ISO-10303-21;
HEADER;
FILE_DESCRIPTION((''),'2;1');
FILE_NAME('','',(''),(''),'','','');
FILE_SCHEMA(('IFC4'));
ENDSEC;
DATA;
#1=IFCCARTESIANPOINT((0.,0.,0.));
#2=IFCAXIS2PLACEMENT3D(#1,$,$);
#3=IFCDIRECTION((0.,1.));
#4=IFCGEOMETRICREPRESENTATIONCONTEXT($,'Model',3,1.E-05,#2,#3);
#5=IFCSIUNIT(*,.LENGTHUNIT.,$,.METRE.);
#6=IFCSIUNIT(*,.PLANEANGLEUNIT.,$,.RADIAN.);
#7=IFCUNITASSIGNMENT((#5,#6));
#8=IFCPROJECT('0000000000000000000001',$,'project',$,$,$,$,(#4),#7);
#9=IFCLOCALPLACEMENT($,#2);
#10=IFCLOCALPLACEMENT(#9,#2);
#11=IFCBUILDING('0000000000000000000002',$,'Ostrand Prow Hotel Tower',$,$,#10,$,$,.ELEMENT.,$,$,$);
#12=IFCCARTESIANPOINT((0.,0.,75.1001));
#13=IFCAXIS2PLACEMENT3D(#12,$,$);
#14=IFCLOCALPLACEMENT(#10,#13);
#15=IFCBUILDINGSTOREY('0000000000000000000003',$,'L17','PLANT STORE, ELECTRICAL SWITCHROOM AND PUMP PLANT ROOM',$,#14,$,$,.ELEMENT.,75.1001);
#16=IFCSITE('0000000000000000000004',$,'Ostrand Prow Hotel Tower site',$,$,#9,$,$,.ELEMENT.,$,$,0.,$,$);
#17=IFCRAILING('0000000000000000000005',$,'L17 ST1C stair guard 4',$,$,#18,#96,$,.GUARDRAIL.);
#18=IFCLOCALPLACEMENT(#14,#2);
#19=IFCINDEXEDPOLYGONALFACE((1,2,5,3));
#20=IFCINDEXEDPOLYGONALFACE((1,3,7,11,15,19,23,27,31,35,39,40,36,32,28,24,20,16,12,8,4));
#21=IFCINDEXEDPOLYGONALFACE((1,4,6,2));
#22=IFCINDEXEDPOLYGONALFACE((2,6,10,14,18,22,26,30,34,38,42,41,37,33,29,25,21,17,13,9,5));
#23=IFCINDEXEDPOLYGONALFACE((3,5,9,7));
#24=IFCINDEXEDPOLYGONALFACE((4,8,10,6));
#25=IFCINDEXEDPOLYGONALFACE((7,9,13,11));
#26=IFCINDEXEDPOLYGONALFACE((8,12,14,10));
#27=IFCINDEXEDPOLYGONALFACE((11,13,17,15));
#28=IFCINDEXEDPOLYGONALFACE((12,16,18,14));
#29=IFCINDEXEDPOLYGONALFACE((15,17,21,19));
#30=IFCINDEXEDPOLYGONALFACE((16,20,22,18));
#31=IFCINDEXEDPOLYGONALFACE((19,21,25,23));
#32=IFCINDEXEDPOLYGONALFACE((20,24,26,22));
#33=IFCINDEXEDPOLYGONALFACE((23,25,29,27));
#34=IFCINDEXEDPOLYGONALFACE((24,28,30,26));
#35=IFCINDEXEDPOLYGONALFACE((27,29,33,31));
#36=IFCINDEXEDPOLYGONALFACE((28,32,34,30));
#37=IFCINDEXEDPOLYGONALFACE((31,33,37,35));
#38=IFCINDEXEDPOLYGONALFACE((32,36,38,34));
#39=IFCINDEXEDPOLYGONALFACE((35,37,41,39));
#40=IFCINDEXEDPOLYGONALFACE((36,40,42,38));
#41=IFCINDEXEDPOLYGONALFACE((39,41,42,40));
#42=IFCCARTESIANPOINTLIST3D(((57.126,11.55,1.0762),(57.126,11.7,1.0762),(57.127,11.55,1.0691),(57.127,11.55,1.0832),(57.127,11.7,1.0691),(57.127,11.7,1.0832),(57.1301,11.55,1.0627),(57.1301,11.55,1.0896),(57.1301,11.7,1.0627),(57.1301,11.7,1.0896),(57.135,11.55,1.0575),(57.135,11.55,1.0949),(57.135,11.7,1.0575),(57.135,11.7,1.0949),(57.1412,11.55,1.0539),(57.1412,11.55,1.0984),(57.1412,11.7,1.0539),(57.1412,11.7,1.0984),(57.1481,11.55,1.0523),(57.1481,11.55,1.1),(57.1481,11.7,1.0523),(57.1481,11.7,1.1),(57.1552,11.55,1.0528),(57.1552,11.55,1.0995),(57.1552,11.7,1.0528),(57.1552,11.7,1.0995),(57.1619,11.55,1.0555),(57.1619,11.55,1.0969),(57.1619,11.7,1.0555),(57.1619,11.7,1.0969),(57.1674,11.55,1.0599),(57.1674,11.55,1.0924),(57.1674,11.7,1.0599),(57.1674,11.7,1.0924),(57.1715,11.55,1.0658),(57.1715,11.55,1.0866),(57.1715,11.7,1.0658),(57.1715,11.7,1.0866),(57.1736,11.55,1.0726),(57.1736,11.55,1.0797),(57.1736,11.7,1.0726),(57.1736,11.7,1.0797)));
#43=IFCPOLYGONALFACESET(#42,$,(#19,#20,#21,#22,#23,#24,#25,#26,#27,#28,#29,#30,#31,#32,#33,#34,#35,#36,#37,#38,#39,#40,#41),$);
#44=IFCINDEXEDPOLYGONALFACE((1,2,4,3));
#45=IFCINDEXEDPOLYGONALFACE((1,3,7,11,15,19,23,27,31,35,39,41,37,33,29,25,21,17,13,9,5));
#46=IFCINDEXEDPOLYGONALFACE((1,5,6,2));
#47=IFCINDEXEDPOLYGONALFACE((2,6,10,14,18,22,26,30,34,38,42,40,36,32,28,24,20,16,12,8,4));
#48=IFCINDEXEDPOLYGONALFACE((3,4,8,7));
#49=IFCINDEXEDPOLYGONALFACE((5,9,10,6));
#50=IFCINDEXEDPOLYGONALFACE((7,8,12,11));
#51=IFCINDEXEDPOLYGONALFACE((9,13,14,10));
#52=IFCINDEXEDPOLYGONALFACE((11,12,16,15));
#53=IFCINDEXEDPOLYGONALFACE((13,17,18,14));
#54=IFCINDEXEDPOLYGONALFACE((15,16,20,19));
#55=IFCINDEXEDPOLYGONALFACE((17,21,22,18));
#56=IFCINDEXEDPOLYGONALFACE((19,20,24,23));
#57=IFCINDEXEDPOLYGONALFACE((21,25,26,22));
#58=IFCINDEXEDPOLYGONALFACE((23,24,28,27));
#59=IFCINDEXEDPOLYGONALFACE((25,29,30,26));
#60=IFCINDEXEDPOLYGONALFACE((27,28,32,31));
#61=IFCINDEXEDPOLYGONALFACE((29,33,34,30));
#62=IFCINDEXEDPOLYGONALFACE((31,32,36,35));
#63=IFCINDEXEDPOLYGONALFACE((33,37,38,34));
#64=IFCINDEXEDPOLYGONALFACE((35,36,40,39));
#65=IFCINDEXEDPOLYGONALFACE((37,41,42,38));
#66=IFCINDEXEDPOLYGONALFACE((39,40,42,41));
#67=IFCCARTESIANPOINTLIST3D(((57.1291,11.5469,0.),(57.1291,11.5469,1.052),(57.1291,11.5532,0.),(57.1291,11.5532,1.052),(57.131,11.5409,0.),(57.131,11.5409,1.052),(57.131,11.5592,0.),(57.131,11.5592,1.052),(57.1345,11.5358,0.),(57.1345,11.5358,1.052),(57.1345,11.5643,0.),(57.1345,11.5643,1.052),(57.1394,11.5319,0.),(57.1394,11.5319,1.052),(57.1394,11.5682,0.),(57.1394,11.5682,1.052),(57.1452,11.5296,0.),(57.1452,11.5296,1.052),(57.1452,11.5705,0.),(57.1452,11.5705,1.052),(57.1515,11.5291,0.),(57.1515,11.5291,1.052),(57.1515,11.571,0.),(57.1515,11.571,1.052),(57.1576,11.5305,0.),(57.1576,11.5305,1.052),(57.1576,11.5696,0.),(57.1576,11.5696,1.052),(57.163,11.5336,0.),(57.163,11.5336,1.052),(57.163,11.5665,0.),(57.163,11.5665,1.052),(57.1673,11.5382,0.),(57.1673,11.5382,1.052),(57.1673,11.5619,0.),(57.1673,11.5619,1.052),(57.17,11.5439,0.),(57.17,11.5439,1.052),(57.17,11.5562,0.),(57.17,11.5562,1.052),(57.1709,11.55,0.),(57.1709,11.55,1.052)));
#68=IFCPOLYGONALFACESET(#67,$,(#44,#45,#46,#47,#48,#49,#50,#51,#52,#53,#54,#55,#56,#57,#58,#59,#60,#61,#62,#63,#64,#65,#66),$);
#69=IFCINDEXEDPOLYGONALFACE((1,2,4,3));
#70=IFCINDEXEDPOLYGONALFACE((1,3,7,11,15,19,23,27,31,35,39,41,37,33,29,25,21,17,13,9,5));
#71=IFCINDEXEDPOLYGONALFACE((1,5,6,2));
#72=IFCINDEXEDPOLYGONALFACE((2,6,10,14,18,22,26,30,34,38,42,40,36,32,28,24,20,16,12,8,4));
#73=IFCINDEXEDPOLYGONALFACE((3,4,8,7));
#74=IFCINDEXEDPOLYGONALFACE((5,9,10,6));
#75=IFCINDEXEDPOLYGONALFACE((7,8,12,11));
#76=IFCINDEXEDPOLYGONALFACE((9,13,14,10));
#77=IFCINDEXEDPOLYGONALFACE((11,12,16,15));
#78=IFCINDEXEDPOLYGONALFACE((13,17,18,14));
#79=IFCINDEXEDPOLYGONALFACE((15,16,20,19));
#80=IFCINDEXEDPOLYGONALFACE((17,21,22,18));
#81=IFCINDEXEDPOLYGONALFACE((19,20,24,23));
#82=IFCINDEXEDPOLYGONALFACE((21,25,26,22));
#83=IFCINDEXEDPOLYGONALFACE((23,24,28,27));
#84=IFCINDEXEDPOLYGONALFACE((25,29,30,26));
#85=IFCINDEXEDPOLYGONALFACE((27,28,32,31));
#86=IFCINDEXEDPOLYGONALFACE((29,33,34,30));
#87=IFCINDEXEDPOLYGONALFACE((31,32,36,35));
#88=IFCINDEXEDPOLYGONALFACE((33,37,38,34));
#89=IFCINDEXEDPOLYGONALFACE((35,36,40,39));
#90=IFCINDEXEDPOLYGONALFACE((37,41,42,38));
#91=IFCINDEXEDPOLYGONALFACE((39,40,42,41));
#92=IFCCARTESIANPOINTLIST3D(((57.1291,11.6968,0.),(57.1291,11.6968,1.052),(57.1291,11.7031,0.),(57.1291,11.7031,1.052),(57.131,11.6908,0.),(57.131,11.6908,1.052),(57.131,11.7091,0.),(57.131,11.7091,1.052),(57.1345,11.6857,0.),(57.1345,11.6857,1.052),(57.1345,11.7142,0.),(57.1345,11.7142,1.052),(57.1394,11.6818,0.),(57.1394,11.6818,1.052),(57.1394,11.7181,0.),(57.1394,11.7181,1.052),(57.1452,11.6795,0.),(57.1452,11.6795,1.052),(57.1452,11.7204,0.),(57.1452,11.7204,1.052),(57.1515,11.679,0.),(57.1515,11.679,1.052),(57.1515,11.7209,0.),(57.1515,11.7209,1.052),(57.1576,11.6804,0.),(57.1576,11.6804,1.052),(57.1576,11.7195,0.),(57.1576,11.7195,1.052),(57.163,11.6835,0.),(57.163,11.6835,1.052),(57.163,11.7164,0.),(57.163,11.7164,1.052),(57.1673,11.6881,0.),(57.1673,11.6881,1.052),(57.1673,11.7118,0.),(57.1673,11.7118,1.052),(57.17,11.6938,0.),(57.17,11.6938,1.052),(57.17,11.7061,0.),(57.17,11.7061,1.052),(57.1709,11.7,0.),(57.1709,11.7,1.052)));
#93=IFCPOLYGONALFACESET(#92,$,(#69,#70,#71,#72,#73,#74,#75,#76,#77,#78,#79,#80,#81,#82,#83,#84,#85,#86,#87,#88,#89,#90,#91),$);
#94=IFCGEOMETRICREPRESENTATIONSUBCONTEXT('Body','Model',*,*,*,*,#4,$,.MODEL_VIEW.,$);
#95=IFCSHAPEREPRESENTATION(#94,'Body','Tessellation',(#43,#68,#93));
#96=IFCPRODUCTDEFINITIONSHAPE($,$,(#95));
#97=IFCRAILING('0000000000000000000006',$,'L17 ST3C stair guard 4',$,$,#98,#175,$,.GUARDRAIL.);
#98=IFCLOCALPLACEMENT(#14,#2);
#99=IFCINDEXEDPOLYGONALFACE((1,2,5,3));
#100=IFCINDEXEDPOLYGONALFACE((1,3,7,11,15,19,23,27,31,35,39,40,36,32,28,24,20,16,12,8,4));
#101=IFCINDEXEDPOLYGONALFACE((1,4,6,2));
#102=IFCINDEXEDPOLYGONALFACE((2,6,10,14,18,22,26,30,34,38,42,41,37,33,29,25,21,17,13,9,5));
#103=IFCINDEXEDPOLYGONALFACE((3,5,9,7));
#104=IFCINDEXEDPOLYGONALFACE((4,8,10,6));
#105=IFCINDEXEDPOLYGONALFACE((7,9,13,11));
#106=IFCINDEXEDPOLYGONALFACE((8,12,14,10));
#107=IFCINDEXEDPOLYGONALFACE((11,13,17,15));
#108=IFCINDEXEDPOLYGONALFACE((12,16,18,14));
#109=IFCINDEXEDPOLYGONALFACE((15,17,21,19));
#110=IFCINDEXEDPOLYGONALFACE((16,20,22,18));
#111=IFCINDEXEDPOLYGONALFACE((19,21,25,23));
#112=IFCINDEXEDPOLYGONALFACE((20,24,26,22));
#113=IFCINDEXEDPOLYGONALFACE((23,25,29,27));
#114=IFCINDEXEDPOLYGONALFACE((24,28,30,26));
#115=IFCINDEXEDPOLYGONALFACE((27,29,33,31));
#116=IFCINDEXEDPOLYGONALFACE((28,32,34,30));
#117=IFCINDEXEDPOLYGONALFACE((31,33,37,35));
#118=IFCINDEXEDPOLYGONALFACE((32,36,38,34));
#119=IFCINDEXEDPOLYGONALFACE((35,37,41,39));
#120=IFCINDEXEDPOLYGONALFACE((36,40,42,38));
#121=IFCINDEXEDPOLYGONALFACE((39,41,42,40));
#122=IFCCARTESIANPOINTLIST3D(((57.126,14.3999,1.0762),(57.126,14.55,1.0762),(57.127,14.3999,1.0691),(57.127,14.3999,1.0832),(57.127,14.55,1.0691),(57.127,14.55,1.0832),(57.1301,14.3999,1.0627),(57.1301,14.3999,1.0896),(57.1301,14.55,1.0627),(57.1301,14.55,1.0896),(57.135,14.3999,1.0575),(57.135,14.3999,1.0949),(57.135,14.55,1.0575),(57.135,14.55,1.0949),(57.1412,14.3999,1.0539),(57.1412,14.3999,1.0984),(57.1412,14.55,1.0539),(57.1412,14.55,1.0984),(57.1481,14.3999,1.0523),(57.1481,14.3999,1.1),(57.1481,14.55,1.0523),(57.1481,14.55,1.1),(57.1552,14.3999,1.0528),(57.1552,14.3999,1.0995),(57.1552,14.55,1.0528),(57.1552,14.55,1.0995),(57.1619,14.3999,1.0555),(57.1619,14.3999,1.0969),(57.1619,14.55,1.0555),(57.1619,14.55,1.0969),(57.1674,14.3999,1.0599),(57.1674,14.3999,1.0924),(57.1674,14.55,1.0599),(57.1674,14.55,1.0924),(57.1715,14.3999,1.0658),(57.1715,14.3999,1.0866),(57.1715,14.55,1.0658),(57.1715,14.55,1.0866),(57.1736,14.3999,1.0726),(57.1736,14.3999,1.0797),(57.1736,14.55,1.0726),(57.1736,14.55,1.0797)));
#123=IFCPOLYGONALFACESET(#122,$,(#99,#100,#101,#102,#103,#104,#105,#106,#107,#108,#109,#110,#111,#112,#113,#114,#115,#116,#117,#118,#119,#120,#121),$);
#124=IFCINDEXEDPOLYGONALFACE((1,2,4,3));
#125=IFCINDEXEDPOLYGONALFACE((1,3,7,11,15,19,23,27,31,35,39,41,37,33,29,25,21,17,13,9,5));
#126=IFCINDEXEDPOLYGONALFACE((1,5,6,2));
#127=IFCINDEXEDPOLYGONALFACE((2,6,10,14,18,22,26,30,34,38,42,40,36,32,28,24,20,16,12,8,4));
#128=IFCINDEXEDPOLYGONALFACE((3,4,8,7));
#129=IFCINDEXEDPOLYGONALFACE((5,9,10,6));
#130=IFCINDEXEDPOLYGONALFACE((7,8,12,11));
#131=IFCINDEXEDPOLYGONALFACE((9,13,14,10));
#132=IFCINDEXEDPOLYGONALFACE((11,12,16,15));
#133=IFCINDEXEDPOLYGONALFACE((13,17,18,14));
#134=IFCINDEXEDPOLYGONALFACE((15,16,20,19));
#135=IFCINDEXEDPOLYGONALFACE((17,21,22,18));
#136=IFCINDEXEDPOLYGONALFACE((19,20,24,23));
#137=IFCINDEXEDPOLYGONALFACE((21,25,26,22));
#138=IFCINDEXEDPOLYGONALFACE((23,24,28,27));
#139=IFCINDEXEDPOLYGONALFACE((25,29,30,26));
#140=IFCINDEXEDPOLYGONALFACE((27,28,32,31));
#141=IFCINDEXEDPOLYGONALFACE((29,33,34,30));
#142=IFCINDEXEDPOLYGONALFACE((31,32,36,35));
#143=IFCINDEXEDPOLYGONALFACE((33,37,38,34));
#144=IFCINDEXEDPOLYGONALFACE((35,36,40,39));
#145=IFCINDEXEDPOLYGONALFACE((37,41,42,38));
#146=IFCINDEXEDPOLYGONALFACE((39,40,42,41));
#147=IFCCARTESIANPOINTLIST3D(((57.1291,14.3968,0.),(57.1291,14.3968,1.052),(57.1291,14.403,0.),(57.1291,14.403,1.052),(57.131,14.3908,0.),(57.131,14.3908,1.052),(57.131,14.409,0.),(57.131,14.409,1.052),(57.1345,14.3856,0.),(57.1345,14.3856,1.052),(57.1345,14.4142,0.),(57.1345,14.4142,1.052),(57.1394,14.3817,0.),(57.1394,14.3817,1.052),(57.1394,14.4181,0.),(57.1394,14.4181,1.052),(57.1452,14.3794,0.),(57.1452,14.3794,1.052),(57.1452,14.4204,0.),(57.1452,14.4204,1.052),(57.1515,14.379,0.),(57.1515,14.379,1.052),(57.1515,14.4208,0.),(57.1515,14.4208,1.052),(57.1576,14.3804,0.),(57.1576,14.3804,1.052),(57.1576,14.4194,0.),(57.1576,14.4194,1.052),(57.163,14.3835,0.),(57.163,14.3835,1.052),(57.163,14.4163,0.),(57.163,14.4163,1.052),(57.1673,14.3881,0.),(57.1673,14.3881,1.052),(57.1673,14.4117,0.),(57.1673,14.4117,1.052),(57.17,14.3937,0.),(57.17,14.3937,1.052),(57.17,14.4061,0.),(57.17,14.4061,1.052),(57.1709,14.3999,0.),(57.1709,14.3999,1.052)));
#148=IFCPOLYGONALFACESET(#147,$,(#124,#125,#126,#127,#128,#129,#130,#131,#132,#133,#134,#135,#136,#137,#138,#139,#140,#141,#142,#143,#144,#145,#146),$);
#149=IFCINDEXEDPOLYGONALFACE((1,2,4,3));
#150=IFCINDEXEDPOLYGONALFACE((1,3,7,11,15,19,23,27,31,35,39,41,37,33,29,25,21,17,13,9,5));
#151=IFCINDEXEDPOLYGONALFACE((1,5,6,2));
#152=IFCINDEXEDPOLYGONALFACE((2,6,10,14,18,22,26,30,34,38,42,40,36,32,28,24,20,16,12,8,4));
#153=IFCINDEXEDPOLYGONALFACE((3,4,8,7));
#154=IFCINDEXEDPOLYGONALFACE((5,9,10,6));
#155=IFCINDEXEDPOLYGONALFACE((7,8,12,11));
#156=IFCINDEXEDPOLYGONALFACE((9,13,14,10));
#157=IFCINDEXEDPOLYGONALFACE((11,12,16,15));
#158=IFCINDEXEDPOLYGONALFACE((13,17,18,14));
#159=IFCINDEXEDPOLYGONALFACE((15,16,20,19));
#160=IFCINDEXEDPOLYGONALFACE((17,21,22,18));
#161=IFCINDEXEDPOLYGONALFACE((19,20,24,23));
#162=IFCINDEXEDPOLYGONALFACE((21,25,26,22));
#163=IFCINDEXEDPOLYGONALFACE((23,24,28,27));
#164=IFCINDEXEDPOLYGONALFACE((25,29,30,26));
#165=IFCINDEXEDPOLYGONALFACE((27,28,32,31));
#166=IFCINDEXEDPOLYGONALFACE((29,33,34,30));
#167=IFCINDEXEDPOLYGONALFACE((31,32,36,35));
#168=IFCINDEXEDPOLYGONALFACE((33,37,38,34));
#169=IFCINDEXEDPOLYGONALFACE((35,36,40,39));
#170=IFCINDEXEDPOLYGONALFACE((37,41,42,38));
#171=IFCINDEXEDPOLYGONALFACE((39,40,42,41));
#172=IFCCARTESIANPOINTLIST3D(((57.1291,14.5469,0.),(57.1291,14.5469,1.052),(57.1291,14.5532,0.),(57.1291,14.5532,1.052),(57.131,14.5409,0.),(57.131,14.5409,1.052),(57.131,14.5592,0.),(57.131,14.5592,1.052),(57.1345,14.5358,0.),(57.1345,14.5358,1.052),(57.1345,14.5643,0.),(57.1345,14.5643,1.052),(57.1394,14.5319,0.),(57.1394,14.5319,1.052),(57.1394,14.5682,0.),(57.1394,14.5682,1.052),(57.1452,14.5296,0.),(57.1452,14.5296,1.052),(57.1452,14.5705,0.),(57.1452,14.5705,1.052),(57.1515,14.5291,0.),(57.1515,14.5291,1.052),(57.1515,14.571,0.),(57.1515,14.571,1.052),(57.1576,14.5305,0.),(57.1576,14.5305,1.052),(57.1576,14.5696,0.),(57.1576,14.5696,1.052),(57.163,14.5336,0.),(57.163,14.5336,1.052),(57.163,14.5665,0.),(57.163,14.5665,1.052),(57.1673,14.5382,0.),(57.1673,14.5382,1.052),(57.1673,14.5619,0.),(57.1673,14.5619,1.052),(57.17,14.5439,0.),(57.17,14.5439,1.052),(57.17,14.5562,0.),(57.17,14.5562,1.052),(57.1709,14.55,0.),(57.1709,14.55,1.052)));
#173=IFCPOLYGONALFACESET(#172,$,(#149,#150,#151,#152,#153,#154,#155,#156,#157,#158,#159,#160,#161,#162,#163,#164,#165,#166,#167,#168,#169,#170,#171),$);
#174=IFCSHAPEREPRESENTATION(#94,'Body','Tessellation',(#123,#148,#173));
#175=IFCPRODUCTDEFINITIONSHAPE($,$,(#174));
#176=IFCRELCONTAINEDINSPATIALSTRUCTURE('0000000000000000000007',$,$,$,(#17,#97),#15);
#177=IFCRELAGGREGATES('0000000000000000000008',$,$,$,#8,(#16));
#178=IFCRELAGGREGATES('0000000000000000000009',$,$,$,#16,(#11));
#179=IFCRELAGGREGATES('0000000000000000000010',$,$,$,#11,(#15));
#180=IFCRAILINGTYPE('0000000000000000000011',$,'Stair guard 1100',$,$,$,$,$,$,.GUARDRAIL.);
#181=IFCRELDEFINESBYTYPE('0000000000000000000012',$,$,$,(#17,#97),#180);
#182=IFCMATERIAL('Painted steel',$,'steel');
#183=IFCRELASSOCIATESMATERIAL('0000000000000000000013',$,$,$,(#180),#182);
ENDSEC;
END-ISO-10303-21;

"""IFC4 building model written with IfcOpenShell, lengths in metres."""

from ifc_helpers import new_model, si_unit, direction, frame, origin, origin_2d, place, context, subcontext, project, spatial, circle, extrude, material, type_object, element, save


model = new_model("IFC4")

# Units and contexts
model_context = context("Model", 3, precision=1e-05, world=origin(), true_north=direction((0.0, 1.0)))
body_context = subcontext(model_context, "Body", "Model", "MODEL_VIEW")
ifc_project = project(units=[si_unit("LENGTHUNIT", "METRE"), si_unit("PLANEANGLEUNIT", "RADIAN")], contexts=[model_context])

# Site, building, storey
site_placement = place(None, origin())
site = spatial("IfcSite", under=ifc_project, at=site_placement, Name="Ostrand Prow Hotel Tower site", CompositionType="ELEMENT", RefElevation=0.0)
building_placement = place(site_placement, origin())
building = spatial("IfcBuilding", under=site, at=building_placement, Name="Ostrand Prow Hotel Tower", CompositionType="ELEMENT")
storey_placement = place(building_placement, frame((0.0, 0.0, 75.1001)))
storey = spatial("IfcBuildingStorey", under=building, at=storey_placement, Name="L17", Description="PLANT STORE, ELECTRICAL SWITCHROOM AND PUMP PLANT ROOM", CompositionType="ELEMENT", Elevation=75.1001)

# Railings
ifc_material_1 = material(Name="Painted steel", Category="steel")
railing_type_1 = type_object("IfcRailingType", Name="Stair guard 1100", PredefinedType="GUARDRAIL", material=ifc_material_1)
railing_1_placement = place(storey_placement, frame((57.1499, 11.55, 0.0)))
element("IfcRailing", 1, at=railing_1_placement, inside=storey, type_object=railing_type_1, Name="L17 ST1C stair guard 4", PredefinedType="GUARDRAIL", context=body_context, shape_type="SweptSolid", body=[
    extrude(circle(Radius=0.0239, at=origin_2d()), frame((0.0, 0.0, 1.0762), z_axis=(0.0, 1.0, 0.0), x_axis=(-1.0, 0.0, 0.0)), (0.0, 0.0, 1.0), 0.1499),
    extrude(circle(Radius=0.021, at=origin_2d()), origin(), (0.0, 0.0, 1.0), 1.052),
    extrude(circle(Radius=0.021, at=origin_2d()), frame((0.0, 0.1499, 0.0)), (0.0, 0.0, 1.0), 1.052),
])
railing_2_placement = place(storey_placement, frame((57.1499, 14.3999, 0.0)))
element("IfcRailing", 2, at=railing_2_placement, inside=storey, type_object=railing_type_1, Name="L17 ST3C stair guard 4", PredefinedType="GUARDRAIL", context=body_context, shape_type="SweptSolid", body=[
    extrude(circle(Radius=0.0239, at=origin_2d()), frame((0.0, 0.0, 1.0762), z_axis=(0.0, 1.0, 0.0), x_axis=(-1.0, 0.0, 0.0)), (0.0, 0.0, 1.0), 0.1501),
    extrude(circle(Radius=0.021, at=origin_2d()), origin(), (0.0, 0.0, 1.0), 1.052),
    extrude(circle(Radius=0.021, at=origin_2d()), frame((0.0, 0.1501, 0.0)), (0.0, 0.0, 1.0), 1.052),
])

save(model, "model.ifc")
